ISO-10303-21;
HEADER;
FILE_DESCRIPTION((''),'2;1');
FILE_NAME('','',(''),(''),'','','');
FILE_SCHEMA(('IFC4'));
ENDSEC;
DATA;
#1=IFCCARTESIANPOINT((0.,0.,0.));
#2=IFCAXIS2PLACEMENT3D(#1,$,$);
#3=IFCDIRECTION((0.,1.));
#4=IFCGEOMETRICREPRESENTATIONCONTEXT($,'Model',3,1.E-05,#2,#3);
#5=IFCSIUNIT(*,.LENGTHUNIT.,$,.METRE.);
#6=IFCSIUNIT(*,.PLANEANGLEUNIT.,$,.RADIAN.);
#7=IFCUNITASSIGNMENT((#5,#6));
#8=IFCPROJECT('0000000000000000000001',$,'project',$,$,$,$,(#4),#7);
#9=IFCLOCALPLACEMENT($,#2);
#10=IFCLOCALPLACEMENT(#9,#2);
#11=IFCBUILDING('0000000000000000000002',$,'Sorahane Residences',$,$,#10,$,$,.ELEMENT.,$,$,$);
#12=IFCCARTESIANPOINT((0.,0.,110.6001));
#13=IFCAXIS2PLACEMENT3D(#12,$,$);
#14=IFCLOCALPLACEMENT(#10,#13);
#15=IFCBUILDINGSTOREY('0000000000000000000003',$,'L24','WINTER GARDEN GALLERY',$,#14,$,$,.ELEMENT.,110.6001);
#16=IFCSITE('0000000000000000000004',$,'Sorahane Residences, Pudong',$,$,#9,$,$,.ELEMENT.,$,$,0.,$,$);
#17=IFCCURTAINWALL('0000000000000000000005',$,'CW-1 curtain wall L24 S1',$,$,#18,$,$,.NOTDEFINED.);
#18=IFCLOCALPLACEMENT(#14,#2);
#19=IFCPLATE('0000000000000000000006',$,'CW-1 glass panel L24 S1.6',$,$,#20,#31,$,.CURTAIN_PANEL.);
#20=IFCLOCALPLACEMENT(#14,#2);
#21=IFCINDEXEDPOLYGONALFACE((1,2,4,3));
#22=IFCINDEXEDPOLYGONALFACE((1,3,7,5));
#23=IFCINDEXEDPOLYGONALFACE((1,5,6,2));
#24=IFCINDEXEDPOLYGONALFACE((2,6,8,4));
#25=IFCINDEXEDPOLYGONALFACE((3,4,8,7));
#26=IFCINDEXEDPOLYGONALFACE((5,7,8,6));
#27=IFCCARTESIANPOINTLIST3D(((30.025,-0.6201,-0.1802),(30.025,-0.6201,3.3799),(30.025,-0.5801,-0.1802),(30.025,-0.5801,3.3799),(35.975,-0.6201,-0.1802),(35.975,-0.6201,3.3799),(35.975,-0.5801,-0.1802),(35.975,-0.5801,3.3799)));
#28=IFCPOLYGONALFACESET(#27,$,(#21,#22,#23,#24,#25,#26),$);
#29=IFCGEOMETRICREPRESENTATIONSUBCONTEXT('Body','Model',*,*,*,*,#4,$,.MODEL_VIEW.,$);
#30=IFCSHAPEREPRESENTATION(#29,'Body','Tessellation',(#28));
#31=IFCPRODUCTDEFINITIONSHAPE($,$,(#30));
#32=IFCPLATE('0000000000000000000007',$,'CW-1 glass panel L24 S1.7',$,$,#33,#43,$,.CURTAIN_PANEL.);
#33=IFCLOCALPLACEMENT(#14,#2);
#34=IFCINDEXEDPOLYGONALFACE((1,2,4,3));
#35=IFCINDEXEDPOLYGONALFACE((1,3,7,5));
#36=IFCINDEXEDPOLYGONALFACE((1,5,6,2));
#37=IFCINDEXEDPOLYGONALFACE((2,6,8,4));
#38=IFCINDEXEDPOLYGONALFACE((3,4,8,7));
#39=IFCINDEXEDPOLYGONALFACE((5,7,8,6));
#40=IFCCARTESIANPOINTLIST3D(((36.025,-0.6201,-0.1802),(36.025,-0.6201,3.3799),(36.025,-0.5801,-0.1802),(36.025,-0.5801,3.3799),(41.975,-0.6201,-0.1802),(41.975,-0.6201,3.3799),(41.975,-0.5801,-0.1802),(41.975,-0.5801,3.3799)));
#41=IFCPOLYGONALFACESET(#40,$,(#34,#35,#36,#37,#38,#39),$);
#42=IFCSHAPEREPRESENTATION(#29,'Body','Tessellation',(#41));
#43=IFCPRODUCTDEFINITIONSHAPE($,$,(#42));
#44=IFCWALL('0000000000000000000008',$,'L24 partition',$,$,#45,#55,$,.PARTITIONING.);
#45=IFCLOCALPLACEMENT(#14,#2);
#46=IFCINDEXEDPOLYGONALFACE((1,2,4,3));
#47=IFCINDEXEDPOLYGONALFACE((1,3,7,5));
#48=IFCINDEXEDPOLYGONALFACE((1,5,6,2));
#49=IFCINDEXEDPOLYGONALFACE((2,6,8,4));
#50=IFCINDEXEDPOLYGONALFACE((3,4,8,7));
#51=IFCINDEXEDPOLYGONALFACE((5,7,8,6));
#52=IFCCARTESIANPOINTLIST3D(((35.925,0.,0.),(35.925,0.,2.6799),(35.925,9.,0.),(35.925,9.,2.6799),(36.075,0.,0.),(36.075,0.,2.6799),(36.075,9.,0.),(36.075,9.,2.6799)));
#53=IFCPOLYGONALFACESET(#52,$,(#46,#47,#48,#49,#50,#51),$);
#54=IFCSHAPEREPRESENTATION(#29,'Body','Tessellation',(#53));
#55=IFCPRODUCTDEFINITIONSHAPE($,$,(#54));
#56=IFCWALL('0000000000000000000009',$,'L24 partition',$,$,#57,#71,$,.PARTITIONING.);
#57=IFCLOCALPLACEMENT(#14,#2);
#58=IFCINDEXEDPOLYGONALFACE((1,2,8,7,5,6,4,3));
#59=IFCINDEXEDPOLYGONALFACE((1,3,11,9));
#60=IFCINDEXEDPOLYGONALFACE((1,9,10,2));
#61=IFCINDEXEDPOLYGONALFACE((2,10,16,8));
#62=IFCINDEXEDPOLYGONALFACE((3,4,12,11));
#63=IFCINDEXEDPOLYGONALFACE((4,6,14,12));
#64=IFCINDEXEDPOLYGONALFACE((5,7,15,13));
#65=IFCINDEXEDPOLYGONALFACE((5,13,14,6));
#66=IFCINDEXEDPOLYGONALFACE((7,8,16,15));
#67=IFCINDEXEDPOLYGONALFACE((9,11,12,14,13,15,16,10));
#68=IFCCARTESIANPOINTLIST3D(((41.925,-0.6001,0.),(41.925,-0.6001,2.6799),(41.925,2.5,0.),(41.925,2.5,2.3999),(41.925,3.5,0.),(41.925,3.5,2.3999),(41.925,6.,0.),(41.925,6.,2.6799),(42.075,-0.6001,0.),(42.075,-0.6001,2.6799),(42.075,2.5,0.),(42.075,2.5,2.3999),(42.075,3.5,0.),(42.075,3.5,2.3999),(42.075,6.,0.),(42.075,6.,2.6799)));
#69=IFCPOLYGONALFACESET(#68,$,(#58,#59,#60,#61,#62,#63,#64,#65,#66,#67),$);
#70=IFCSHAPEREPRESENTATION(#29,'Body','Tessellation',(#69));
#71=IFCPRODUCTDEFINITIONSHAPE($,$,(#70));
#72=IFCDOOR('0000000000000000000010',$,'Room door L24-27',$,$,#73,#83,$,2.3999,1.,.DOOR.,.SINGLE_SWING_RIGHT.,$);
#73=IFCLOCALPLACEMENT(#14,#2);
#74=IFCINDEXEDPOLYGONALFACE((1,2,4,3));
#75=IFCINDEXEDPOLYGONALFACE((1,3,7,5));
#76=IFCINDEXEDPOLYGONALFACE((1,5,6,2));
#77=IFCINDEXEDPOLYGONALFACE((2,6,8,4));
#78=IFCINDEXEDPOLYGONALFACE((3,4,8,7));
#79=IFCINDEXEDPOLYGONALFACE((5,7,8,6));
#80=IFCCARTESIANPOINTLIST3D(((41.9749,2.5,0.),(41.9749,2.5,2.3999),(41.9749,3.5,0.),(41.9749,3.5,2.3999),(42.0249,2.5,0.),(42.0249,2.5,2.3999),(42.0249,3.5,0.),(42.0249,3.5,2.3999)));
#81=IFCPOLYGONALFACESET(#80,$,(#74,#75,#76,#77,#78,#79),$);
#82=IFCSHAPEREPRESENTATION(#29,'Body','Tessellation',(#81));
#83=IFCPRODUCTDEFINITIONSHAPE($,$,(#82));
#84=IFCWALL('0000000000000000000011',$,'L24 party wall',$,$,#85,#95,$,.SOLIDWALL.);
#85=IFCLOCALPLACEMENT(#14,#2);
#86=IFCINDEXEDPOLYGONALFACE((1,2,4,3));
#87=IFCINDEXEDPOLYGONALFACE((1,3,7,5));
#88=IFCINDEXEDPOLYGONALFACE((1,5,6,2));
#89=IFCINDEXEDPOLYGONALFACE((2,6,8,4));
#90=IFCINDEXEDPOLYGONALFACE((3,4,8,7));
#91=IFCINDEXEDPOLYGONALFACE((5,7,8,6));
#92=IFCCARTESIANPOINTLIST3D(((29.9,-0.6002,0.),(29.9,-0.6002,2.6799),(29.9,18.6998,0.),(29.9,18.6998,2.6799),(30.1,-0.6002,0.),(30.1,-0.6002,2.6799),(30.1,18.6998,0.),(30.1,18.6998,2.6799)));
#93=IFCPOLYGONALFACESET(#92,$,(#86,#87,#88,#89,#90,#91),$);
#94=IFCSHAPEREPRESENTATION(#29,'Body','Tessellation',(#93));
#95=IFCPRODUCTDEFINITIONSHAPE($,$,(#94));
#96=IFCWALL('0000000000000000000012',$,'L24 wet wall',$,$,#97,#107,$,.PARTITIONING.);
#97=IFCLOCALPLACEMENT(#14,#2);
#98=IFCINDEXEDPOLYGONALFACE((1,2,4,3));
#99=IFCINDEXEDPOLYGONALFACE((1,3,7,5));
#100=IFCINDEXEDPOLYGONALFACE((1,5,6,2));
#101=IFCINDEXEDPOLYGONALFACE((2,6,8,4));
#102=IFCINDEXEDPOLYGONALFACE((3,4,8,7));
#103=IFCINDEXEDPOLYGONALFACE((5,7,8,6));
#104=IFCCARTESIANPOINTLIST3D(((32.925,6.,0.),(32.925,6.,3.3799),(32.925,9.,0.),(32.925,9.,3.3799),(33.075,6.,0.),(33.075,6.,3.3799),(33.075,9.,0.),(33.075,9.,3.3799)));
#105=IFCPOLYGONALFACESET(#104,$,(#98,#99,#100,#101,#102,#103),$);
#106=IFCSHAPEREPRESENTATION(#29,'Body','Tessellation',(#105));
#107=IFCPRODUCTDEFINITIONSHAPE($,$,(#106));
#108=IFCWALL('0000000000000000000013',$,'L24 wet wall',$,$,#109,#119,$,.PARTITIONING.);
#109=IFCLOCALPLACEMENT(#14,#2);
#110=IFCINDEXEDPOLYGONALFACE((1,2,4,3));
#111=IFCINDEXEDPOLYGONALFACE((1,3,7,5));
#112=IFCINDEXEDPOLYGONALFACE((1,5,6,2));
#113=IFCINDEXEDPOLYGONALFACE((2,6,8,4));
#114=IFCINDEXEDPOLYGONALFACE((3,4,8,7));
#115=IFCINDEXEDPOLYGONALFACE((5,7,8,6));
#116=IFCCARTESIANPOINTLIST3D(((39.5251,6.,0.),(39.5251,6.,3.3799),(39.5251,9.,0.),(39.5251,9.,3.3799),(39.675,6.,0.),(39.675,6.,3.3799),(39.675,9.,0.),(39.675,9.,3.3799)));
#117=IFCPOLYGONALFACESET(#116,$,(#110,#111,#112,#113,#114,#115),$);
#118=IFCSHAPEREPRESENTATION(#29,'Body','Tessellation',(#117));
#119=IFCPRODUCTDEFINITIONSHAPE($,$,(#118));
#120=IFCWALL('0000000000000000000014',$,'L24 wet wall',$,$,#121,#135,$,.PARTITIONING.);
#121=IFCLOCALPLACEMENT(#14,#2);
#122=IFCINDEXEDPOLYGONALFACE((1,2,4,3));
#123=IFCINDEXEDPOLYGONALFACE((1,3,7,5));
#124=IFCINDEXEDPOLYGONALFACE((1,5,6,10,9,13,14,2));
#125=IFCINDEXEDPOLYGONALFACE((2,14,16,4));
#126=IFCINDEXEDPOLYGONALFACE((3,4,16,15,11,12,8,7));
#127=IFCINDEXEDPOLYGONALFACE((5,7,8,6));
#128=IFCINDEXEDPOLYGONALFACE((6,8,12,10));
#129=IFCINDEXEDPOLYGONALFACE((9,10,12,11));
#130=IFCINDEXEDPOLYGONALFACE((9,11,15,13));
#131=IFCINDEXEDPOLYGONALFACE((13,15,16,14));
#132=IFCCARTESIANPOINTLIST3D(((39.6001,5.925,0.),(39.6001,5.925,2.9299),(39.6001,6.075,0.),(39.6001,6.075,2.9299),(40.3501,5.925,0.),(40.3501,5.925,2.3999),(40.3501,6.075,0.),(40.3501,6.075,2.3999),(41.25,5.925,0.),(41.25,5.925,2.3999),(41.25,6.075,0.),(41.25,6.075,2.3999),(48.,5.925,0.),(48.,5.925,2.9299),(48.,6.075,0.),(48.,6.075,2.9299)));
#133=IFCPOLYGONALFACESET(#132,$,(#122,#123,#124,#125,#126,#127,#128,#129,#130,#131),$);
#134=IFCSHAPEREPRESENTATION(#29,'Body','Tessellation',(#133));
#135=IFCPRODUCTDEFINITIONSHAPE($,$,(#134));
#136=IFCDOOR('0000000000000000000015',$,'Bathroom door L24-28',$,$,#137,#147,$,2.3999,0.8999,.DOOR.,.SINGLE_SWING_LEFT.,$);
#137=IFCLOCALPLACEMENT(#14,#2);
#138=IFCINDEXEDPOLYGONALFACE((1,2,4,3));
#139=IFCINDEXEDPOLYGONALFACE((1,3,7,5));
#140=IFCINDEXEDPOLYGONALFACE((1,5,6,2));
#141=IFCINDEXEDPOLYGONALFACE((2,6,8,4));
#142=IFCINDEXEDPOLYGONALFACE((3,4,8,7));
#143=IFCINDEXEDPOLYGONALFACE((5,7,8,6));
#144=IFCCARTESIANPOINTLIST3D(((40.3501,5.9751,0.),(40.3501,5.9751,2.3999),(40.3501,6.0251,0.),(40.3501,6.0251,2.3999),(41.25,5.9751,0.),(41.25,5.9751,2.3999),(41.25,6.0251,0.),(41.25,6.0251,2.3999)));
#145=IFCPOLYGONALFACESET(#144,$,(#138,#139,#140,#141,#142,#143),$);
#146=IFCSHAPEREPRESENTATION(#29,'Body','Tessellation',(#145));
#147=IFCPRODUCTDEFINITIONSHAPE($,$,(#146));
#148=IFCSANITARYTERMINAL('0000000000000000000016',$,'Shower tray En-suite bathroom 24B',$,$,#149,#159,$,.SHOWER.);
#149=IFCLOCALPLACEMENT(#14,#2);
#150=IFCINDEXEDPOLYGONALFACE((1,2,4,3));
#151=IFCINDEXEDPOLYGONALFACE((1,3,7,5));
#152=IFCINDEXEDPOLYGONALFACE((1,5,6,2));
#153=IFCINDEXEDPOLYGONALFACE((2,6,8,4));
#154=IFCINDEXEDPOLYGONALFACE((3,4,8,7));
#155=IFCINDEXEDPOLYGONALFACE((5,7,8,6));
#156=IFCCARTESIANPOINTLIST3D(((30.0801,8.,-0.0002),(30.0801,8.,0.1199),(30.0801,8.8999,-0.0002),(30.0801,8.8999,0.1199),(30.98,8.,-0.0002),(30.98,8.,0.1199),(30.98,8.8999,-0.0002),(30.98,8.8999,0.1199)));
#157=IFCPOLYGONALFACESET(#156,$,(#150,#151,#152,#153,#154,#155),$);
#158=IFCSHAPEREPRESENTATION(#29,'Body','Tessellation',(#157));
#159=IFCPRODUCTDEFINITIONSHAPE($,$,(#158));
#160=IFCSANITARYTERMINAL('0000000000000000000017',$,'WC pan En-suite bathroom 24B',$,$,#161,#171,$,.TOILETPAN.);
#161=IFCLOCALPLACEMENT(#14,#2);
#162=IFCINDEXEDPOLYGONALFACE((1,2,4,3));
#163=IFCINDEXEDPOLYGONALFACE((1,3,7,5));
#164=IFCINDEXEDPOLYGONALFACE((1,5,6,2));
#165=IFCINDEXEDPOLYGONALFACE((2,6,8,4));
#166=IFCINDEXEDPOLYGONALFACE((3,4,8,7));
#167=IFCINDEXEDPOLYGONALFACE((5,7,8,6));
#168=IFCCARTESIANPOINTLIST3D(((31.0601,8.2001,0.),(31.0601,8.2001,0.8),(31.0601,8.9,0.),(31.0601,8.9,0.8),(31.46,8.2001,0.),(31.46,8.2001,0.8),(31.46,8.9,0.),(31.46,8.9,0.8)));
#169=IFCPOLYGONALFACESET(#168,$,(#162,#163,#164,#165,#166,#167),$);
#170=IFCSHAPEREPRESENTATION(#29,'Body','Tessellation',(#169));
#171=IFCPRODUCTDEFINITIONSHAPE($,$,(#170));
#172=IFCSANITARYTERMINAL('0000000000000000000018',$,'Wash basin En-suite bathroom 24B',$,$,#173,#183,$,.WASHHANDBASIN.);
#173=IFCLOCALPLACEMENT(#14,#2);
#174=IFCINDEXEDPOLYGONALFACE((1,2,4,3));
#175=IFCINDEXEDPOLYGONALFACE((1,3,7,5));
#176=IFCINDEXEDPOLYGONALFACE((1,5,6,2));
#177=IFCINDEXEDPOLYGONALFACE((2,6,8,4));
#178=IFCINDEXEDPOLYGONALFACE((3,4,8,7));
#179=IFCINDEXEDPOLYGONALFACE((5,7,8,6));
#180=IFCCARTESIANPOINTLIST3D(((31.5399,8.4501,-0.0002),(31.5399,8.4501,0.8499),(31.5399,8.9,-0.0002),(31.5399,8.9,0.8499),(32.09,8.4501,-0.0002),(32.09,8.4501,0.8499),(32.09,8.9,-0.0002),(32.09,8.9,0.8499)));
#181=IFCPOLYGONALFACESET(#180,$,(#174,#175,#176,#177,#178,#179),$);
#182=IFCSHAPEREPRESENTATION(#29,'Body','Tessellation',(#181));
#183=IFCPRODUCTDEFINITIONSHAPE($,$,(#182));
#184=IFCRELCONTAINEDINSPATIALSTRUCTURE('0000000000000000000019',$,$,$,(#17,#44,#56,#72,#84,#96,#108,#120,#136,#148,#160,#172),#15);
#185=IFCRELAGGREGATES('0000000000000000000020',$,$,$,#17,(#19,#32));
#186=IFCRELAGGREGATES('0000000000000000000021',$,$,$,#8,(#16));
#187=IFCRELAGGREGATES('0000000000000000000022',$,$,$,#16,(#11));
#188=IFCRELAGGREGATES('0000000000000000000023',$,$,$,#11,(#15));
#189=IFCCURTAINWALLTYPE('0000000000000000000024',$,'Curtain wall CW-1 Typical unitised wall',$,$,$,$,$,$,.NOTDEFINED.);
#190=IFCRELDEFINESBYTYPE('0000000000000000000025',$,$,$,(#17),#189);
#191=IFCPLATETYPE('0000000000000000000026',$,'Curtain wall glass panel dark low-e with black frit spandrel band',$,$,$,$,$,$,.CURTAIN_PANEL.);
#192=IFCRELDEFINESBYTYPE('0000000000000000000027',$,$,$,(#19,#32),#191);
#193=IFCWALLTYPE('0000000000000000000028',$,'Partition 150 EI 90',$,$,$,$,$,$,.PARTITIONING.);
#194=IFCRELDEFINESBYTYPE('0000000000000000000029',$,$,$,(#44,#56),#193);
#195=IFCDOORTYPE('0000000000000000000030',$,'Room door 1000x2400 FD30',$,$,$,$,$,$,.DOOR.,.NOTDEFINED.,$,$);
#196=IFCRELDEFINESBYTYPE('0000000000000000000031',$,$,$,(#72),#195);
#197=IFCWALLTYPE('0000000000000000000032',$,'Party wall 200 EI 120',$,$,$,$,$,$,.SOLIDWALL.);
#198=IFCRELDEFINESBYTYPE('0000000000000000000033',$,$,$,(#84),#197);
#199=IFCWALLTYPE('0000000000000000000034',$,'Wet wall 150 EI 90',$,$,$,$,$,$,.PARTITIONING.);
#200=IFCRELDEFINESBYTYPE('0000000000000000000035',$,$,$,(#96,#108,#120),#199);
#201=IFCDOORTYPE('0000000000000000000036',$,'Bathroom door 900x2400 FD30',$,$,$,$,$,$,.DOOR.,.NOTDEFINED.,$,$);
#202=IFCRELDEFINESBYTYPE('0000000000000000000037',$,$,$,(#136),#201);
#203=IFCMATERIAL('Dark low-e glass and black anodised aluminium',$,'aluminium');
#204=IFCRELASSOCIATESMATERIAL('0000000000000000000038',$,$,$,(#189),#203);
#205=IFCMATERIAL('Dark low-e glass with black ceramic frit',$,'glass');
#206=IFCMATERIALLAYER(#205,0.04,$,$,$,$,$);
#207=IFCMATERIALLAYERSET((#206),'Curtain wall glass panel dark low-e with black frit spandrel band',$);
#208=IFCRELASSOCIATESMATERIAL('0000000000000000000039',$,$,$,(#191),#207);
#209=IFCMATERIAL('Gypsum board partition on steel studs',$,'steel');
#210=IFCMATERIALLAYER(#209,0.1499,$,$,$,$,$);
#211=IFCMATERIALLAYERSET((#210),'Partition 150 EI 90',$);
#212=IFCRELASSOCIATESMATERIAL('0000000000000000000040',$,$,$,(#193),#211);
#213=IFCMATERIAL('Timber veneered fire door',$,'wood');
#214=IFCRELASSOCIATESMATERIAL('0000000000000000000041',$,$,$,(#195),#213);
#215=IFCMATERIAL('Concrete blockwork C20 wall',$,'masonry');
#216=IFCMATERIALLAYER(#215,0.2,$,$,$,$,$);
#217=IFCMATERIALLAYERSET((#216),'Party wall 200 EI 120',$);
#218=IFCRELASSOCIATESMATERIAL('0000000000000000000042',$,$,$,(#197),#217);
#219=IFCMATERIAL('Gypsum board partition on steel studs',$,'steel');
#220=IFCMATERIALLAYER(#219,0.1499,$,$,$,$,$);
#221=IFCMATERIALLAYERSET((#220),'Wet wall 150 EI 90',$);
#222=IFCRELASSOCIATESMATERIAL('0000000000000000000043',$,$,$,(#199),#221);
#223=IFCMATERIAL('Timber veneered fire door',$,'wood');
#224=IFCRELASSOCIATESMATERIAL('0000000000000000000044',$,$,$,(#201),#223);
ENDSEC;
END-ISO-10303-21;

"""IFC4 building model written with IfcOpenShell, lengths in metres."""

from ifc_helpers import new_model, si_unit, direction, frame, frame_2d, origin, origin_2d, place, context, subcontext, project, spatial, rectangle, extrude, material, layer, layer_set, type_object, element, fill, aggregate, save


model = new_model("IFC4")

# Units and contexts
model_context = context("Model", 3, precision=1e-05, world=origin(), true_north=direction((0.0, 1.0)))
body_context = subcontext(model_context, "Body", "Model", "MODEL_VIEW")
ifc_project = project(units=[si_unit("LENGTHUNIT", "METRE"), si_unit("PLANEANGLEUNIT", "RADIAN")], contexts=[model_context])

# Site, building, storey
site_placement = place(None, origin())
site = spatial("IfcSite", under=ifc_project, at=site_placement, Name="Sorahane Residences, Pudong", CompositionType="ELEMENT", RefElevation=0.0)
building_placement = place(site_placement, origin())
building = spatial("IfcBuilding", under=site, at=building_placement, Name="Sorahane Residences", CompositionType="ELEMENT")
storey_placement = place(building_placement, frame((0.0, 0.0, 110.6001)))
storey = spatial("IfcBuildingStorey", under=building, at=storey_placement, Name="L24", Description="WINTER GARDEN GALLERY", CompositionType="ELEMENT", Elevation=110.6001)

# Curtain wall
ifc_material_1 = material(Name="Dark low-e glass and black anodised aluminium", Category="aluminium")
curtain_wall_type = type_object("IfcCurtainWallType", Name="Curtain wall CW-1 Typical unitised wall", PredefinedType="NOTDEFINED", material=ifc_material_1)
curtain_wall_placement = place(storey_placement, origin())
curtain_wall = element("IfcCurtainWall", 1, at=curtain_wall_placement, inside=storey, type_object=curtain_wall_type, Name="CW-1 curtain wall L24 S1", PredefinedType="NOTDEFINED")

# Plates
ifc_material_2 = material(Name="Dark low-e glass with black ceramic frit", Category="glass")
ifc_layer_1 = layer(ifc_material_2, 0.04)
ifc_layer_set_1 = layer_set([ifc_layer_1], Name="Curtain wall glass panel dark low-e with black frit spandrel band")
plate_type = type_object("IfcPlateType", Name="Curtain wall glass panel dark low-e with black frit spandrel band", PredefinedType="CURTAIN_PANEL", material=ifc_layer_set_1)
plate_1_placement = place(storey_placement, frame((33.0, -0.6001, -0.1802), z_axis=(0.0, 0.0, 1.0), x_axis=(1.0, 0.0, 0.0)))
plate_1 = element("IfcPlate", 2, at=plate_1_placement, type_object=plate_type, Name="CW-1 glass panel L24 S1.6", PredefinedType="CURTAIN_PANEL", context=body_context, shape_type="SweptSolid", body=[
    extrude(rectangle(XDim=5.95, YDim=0.04, at=origin_2d()), origin(), (0.0, 0.0, 1.0), 3.5601),
])
plate_2_placement = place(storey_placement, frame((39.0, -0.6001, -0.1802), z_axis=(0.0, 0.0, 1.0), x_axis=(1.0, 0.0, 0.0)))
plate_2 = element("IfcPlate", 3, at=plate_2_placement, type_object=plate_type, Name="CW-1 glass panel L24 S1.7", PredefinedType="CURTAIN_PANEL", context=body_context, shape_type="SweptSolid", body=[
    extrude(rectangle(XDim=5.95, YDim=0.04, at=origin_2d()), origin(), (0.0, 0.0, 1.0), 3.5601),
])
aggregate(curtain_wall, [plate_1, plate_2])

# Wall
ifc_material_3 = material(Name="Gypsum board partition on steel studs", Category="steel")
ifc_layer_2 = layer(ifc_material_3, 0.1499)
ifc_layer_set_2 = layer_set([ifc_layer_2], Name="Partition 150 EI 90")
wall_type_1 = type_object("IfcWallType", Name="Partition 150 EI 90", PredefinedType="PARTITIONING", material=ifc_layer_set_2)
wall_1_placement = place(storey_placement, frame((36.0, 0.0, 0.0), z_axis=(0.0, 0.0, 1.0), x_axis=(0.0, 1.0, 0.0)))
element("IfcWall", 4, at=wall_1_placement, inside=storey, type_object=wall_type_1, Name="L24 partition", PredefinedType="PARTITIONING", context=body_context, shape_type="SweptSolid", body=[
    extrude(rectangle(XDim=9.0, YDim=0.1499, at=frame_2d((4.5, 0.0))), origin(), (0.0, 0.0, 1.0), 2.6799),
])

# Wall, opening, door
wall_2_placement = place(storey_placement, frame((42.0, -0.6001, 0.0), z_axis=(0.0, 0.0, 1.0), x_axis=(0.0, 1.0, 0.0)))
wall_2 = element("IfcWall", 5, at=wall_2_placement, inside=storey, type_object=wall_type_1, Name="L24 partition", PredefinedType="PARTITIONING", context=body_context, shape_type="SweptSolid", body=[
    extrude(rectangle(XDim=6.6001, YDim=0.1499, at=frame_2d((3.3, 0.0))), origin(), (0.0, 0.0, 1.0), 2.6799),
])
opening_1_placement = place(wall_2_placement, frame((3.1001, 0.0, 0.0)))
opening_1 = element("IfcOpeningElement", 6, at=opening_1_placement, cuts=wall_2, PredefinedType="OPENING", context=body_context, shape_type="SweptSolid", body=[
    extrude(rectangle(XDim=1.0, YDim=2.3999, at=frame_2d((0.5, 1.2))), frame((0.0, 0.085, 0.0), z_axis=(0.0, -1.0, 0.0), x_axis=(1.0, 0.0, 0.0)), (0.0, 0.0, 1.0), 0.1699),
])
ifc_material_4 = material(Name="Timber veneered fire door", Category="wood")
door_type_1 = type_object("IfcDoorType", Name="Room door 1000x2400 FD30", OperationType="NOTDEFINED", PredefinedType="DOOR", material=ifc_material_4)
door_1_placement = place(opening_1_placement, frame((1.0, 0.0, 0.0), z_axis=(0.0, 0.0, 1.0), x_axis=(-1.0, 0.0, 0.0)))
door_1 = element("IfcDoor", 7, at=door_1_placement, inside=storey, type_object=door_type_1, Name="Room door L24-27", OperationType="SINGLE_SWING_RIGHT", OverallHeight=2.3999, OverallWidth=1.0, PredefinedType="DOOR", context=body_context, shape_type="SweptSolid", body=[
    extrude(rectangle(XDim=1.0, YDim=2.3999, at=frame_2d((0.5, 1.2))), frame((0.0, 0.0249, 0.0), z_axis=(0.0, -1.0, 0.0), x_axis=(1.0, 0.0, 0.0)), (0.0, 0.0, 1.0), 0.05),
])
fill(opening_1, door_1)

# Walls
ifc_material_5 = material(Name="Concrete blockwork C20 wall", Category="masonry")
ifc_layer_3 = layer(ifc_material_5, 0.2)
ifc_layer_set_3 = layer_set([ifc_layer_3], Name="Party wall 200 EI 120")
wall_type_2 = type_object("IfcWallType", Name="Party wall 200 EI 120", PredefinedType="SOLIDWALL", material=ifc_layer_set_3)
wall_3_placement = place(storey_placement, frame((30.0, -0.6001, 0.0), z_axis=(0.0, 0.0, 1.0), x_axis=(0.0, 1.0, 0.0)))
element("IfcWall", 8, at=wall_3_placement, inside=storey, type_object=wall_type_2, Name="L24 party wall", PredefinedType="SOLIDWALL", context=body_context, shape_type="SweptSolid", body=[
    extrude(rectangle(XDim=19.3, YDim=0.2, at=frame_2d((9.6499, 0.0))), origin(), (0.0, 0.0, 1.0), 2.6799),
])
ifc_material_6 = material(Name="Gypsum board partition on steel studs", Category="steel")
ifc_layer_4 = layer(ifc_material_6, 0.1499)
ifc_layer_set_4 = layer_set([ifc_layer_4], Name="Wet wall 150 EI 90")
wall_type_3 = type_object("IfcWallType", Name="Wet wall 150 EI 90", PredefinedType="PARTITIONING", material=ifc_layer_set_4)
for number, where, z_axis, x_axis, name in (
    (9, (33.0, 6.0, 0.0), (0.0, 0.0, 1.0), (0.0, 1.0, 0.0), "L24 wet wall"),
    (10, (39.6001, 6.0, 0.0), (0.0, 0.0, 1.0), (0.0, 1.0, 0.0), "L24 wet wall"),
):
    element("IfcWall", number, at=place(storey_placement, frame(where, z_axis=z_axis, x_axis=x_axis)), inside=storey, type_object=wall_type_3, Name=name, PredefinedType="PARTITIONING", context=body_context, shape_type="SweptSolid", body=[
        extrude(rectangle(XDim=3.0, YDim=0.1499, at=frame_2d((1.5, 0.0))), origin(), (0.0, 0.0, 1.0), 3.3799),
    ])

# Wall, opening, door
ifc_material_7 = material(Name="Timber veneered fire door", Category="wood")
door_type_2 = type_object("IfcDoorType", Name="Bathroom door 900x2400 FD30", OperationType="NOTDEFINED", PredefinedType="DOOR", material=ifc_material_7)
wall_4_placement = place(storey_placement, frame((39.6001, 6.0, 0.0), z_axis=(0.0, 0.0, 1.0), x_axis=(1.0, 0.0, 0.0)))
wall_4 = element("IfcWall", 11, at=wall_4_placement, inside=storey, type_object=wall_type_3, Name="L24 wet wall", PredefinedType="PARTITIONING", context=body_context, shape_type="SweptSolid", body=[
    extrude(rectangle(XDim=8.3999, YDim=0.1499, at=frame_2d((4.2, 0.0))), origin(), (0.0, 0.0, 1.0), 2.9299),
])
opening_2_placement = place(wall_4_placement, frame((0.75, 0.0, 0.0)))
opening_2 = element("IfcOpeningElement", 12, at=opening_2_placement, cuts=wall_4, PredefinedType="OPENING", context=body_context, shape_type="SweptSolid", body=[
    extrude(rectangle(XDim=0.8999, YDim=2.3999, at=frame_2d((0.45, 1.2))), frame((0.0, 0.085, 0.0), z_axis=(0.0, -1.0, 0.0), x_axis=(1.0, 0.0, 0.0)), (0.0, 0.0, 1.0), 0.1699),
])
door_2_placement = place(opening_2_placement, frame((0.8999, 0.0, 0.0), z_axis=(0.0, 0.0, 1.0), x_axis=(-1.0, 0.0, 0.0)))
door_2 = element("IfcDoor", 13, at=door_2_placement, inside=storey, type_object=door_type_2, Name="Bathroom door L24-28", OperationType="SINGLE_SWING_LEFT", OverallHeight=2.3999, OverallWidth=0.8999, PredefinedType="DOOR", context=body_context, shape_type="SweptSolid", body=[
    extrude(rectangle(XDim=0.8999, YDim=2.3999, at=frame_2d((0.45, 1.2))), frame((0.0, 0.0249, 0.0), z_axis=(0.0, -1.0, 0.0), x_axis=(1.0, 0.0, 0.0)), (0.0, 0.0, 1.0), 0.05),
])
fill(opening_2, door_2)

# Sanitary terminals
sanitary_terminal_1_placement = place(storey_placement, frame((30.53, 8.45, -0.0002), z_axis=(0.0, 0.0, 1.0), x_axis=(1.0, 0.0, 0.0)))
element("IfcSanitaryTerminal", 14, at=sanitary_terminal_1_placement, inside=storey, Name="Shower tray En-suite bathroom 24B", PredefinedType="SHOWER", context=body_context, shape_type="SweptSolid", body=[
    extrude(rectangle(XDim=0.8999, YDim=0.8999, at=origin_2d()), origin(), (0.0, 0.0, 1.0), 0.1201),
])
sanitary_terminal_2_placement = place(storey_placement, frame((31.26, 8.55, 0.0), z_axis=(0.0, 0.0, 1.0), x_axis=(1.0, 0.0, 0.0)))
element("IfcSanitaryTerminal", 15, at=sanitary_terminal_2_placement, inside=storey, Name="WC pan En-suite bathroom 24B", PredefinedType="TOILETPAN", context=body_context, shape_type="SweptSolid", body=[
    extrude(rectangle(XDim=0.3999, YDim=0.7, at=origin_2d()), origin(), (0.0, 0.0, 1.0), 0.8),
])
sanitary_terminal_3_placement = place(storey_placement, frame((31.8149, 8.675, -0.0002), z_axis=(0.0, 0.0, 1.0), x_axis=(1.0, 0.0, 0.0)))
element("IfcSanitaryTerminal", 16, at=sanitary_terminal_3_placement, inside=storey, Name="Wash basin En-suite bathroom 24B", PredefinedType="WASHHANDBASIN", context=body_context, shape_type="SweptSolid", body=[
    extrude(rectangle(XDim=0.55, YDim=0.45, at=origin_2d()), origin(), (0.0, 0.0, 1.0), 0.8501),
])

save(model, "model.ifc")
